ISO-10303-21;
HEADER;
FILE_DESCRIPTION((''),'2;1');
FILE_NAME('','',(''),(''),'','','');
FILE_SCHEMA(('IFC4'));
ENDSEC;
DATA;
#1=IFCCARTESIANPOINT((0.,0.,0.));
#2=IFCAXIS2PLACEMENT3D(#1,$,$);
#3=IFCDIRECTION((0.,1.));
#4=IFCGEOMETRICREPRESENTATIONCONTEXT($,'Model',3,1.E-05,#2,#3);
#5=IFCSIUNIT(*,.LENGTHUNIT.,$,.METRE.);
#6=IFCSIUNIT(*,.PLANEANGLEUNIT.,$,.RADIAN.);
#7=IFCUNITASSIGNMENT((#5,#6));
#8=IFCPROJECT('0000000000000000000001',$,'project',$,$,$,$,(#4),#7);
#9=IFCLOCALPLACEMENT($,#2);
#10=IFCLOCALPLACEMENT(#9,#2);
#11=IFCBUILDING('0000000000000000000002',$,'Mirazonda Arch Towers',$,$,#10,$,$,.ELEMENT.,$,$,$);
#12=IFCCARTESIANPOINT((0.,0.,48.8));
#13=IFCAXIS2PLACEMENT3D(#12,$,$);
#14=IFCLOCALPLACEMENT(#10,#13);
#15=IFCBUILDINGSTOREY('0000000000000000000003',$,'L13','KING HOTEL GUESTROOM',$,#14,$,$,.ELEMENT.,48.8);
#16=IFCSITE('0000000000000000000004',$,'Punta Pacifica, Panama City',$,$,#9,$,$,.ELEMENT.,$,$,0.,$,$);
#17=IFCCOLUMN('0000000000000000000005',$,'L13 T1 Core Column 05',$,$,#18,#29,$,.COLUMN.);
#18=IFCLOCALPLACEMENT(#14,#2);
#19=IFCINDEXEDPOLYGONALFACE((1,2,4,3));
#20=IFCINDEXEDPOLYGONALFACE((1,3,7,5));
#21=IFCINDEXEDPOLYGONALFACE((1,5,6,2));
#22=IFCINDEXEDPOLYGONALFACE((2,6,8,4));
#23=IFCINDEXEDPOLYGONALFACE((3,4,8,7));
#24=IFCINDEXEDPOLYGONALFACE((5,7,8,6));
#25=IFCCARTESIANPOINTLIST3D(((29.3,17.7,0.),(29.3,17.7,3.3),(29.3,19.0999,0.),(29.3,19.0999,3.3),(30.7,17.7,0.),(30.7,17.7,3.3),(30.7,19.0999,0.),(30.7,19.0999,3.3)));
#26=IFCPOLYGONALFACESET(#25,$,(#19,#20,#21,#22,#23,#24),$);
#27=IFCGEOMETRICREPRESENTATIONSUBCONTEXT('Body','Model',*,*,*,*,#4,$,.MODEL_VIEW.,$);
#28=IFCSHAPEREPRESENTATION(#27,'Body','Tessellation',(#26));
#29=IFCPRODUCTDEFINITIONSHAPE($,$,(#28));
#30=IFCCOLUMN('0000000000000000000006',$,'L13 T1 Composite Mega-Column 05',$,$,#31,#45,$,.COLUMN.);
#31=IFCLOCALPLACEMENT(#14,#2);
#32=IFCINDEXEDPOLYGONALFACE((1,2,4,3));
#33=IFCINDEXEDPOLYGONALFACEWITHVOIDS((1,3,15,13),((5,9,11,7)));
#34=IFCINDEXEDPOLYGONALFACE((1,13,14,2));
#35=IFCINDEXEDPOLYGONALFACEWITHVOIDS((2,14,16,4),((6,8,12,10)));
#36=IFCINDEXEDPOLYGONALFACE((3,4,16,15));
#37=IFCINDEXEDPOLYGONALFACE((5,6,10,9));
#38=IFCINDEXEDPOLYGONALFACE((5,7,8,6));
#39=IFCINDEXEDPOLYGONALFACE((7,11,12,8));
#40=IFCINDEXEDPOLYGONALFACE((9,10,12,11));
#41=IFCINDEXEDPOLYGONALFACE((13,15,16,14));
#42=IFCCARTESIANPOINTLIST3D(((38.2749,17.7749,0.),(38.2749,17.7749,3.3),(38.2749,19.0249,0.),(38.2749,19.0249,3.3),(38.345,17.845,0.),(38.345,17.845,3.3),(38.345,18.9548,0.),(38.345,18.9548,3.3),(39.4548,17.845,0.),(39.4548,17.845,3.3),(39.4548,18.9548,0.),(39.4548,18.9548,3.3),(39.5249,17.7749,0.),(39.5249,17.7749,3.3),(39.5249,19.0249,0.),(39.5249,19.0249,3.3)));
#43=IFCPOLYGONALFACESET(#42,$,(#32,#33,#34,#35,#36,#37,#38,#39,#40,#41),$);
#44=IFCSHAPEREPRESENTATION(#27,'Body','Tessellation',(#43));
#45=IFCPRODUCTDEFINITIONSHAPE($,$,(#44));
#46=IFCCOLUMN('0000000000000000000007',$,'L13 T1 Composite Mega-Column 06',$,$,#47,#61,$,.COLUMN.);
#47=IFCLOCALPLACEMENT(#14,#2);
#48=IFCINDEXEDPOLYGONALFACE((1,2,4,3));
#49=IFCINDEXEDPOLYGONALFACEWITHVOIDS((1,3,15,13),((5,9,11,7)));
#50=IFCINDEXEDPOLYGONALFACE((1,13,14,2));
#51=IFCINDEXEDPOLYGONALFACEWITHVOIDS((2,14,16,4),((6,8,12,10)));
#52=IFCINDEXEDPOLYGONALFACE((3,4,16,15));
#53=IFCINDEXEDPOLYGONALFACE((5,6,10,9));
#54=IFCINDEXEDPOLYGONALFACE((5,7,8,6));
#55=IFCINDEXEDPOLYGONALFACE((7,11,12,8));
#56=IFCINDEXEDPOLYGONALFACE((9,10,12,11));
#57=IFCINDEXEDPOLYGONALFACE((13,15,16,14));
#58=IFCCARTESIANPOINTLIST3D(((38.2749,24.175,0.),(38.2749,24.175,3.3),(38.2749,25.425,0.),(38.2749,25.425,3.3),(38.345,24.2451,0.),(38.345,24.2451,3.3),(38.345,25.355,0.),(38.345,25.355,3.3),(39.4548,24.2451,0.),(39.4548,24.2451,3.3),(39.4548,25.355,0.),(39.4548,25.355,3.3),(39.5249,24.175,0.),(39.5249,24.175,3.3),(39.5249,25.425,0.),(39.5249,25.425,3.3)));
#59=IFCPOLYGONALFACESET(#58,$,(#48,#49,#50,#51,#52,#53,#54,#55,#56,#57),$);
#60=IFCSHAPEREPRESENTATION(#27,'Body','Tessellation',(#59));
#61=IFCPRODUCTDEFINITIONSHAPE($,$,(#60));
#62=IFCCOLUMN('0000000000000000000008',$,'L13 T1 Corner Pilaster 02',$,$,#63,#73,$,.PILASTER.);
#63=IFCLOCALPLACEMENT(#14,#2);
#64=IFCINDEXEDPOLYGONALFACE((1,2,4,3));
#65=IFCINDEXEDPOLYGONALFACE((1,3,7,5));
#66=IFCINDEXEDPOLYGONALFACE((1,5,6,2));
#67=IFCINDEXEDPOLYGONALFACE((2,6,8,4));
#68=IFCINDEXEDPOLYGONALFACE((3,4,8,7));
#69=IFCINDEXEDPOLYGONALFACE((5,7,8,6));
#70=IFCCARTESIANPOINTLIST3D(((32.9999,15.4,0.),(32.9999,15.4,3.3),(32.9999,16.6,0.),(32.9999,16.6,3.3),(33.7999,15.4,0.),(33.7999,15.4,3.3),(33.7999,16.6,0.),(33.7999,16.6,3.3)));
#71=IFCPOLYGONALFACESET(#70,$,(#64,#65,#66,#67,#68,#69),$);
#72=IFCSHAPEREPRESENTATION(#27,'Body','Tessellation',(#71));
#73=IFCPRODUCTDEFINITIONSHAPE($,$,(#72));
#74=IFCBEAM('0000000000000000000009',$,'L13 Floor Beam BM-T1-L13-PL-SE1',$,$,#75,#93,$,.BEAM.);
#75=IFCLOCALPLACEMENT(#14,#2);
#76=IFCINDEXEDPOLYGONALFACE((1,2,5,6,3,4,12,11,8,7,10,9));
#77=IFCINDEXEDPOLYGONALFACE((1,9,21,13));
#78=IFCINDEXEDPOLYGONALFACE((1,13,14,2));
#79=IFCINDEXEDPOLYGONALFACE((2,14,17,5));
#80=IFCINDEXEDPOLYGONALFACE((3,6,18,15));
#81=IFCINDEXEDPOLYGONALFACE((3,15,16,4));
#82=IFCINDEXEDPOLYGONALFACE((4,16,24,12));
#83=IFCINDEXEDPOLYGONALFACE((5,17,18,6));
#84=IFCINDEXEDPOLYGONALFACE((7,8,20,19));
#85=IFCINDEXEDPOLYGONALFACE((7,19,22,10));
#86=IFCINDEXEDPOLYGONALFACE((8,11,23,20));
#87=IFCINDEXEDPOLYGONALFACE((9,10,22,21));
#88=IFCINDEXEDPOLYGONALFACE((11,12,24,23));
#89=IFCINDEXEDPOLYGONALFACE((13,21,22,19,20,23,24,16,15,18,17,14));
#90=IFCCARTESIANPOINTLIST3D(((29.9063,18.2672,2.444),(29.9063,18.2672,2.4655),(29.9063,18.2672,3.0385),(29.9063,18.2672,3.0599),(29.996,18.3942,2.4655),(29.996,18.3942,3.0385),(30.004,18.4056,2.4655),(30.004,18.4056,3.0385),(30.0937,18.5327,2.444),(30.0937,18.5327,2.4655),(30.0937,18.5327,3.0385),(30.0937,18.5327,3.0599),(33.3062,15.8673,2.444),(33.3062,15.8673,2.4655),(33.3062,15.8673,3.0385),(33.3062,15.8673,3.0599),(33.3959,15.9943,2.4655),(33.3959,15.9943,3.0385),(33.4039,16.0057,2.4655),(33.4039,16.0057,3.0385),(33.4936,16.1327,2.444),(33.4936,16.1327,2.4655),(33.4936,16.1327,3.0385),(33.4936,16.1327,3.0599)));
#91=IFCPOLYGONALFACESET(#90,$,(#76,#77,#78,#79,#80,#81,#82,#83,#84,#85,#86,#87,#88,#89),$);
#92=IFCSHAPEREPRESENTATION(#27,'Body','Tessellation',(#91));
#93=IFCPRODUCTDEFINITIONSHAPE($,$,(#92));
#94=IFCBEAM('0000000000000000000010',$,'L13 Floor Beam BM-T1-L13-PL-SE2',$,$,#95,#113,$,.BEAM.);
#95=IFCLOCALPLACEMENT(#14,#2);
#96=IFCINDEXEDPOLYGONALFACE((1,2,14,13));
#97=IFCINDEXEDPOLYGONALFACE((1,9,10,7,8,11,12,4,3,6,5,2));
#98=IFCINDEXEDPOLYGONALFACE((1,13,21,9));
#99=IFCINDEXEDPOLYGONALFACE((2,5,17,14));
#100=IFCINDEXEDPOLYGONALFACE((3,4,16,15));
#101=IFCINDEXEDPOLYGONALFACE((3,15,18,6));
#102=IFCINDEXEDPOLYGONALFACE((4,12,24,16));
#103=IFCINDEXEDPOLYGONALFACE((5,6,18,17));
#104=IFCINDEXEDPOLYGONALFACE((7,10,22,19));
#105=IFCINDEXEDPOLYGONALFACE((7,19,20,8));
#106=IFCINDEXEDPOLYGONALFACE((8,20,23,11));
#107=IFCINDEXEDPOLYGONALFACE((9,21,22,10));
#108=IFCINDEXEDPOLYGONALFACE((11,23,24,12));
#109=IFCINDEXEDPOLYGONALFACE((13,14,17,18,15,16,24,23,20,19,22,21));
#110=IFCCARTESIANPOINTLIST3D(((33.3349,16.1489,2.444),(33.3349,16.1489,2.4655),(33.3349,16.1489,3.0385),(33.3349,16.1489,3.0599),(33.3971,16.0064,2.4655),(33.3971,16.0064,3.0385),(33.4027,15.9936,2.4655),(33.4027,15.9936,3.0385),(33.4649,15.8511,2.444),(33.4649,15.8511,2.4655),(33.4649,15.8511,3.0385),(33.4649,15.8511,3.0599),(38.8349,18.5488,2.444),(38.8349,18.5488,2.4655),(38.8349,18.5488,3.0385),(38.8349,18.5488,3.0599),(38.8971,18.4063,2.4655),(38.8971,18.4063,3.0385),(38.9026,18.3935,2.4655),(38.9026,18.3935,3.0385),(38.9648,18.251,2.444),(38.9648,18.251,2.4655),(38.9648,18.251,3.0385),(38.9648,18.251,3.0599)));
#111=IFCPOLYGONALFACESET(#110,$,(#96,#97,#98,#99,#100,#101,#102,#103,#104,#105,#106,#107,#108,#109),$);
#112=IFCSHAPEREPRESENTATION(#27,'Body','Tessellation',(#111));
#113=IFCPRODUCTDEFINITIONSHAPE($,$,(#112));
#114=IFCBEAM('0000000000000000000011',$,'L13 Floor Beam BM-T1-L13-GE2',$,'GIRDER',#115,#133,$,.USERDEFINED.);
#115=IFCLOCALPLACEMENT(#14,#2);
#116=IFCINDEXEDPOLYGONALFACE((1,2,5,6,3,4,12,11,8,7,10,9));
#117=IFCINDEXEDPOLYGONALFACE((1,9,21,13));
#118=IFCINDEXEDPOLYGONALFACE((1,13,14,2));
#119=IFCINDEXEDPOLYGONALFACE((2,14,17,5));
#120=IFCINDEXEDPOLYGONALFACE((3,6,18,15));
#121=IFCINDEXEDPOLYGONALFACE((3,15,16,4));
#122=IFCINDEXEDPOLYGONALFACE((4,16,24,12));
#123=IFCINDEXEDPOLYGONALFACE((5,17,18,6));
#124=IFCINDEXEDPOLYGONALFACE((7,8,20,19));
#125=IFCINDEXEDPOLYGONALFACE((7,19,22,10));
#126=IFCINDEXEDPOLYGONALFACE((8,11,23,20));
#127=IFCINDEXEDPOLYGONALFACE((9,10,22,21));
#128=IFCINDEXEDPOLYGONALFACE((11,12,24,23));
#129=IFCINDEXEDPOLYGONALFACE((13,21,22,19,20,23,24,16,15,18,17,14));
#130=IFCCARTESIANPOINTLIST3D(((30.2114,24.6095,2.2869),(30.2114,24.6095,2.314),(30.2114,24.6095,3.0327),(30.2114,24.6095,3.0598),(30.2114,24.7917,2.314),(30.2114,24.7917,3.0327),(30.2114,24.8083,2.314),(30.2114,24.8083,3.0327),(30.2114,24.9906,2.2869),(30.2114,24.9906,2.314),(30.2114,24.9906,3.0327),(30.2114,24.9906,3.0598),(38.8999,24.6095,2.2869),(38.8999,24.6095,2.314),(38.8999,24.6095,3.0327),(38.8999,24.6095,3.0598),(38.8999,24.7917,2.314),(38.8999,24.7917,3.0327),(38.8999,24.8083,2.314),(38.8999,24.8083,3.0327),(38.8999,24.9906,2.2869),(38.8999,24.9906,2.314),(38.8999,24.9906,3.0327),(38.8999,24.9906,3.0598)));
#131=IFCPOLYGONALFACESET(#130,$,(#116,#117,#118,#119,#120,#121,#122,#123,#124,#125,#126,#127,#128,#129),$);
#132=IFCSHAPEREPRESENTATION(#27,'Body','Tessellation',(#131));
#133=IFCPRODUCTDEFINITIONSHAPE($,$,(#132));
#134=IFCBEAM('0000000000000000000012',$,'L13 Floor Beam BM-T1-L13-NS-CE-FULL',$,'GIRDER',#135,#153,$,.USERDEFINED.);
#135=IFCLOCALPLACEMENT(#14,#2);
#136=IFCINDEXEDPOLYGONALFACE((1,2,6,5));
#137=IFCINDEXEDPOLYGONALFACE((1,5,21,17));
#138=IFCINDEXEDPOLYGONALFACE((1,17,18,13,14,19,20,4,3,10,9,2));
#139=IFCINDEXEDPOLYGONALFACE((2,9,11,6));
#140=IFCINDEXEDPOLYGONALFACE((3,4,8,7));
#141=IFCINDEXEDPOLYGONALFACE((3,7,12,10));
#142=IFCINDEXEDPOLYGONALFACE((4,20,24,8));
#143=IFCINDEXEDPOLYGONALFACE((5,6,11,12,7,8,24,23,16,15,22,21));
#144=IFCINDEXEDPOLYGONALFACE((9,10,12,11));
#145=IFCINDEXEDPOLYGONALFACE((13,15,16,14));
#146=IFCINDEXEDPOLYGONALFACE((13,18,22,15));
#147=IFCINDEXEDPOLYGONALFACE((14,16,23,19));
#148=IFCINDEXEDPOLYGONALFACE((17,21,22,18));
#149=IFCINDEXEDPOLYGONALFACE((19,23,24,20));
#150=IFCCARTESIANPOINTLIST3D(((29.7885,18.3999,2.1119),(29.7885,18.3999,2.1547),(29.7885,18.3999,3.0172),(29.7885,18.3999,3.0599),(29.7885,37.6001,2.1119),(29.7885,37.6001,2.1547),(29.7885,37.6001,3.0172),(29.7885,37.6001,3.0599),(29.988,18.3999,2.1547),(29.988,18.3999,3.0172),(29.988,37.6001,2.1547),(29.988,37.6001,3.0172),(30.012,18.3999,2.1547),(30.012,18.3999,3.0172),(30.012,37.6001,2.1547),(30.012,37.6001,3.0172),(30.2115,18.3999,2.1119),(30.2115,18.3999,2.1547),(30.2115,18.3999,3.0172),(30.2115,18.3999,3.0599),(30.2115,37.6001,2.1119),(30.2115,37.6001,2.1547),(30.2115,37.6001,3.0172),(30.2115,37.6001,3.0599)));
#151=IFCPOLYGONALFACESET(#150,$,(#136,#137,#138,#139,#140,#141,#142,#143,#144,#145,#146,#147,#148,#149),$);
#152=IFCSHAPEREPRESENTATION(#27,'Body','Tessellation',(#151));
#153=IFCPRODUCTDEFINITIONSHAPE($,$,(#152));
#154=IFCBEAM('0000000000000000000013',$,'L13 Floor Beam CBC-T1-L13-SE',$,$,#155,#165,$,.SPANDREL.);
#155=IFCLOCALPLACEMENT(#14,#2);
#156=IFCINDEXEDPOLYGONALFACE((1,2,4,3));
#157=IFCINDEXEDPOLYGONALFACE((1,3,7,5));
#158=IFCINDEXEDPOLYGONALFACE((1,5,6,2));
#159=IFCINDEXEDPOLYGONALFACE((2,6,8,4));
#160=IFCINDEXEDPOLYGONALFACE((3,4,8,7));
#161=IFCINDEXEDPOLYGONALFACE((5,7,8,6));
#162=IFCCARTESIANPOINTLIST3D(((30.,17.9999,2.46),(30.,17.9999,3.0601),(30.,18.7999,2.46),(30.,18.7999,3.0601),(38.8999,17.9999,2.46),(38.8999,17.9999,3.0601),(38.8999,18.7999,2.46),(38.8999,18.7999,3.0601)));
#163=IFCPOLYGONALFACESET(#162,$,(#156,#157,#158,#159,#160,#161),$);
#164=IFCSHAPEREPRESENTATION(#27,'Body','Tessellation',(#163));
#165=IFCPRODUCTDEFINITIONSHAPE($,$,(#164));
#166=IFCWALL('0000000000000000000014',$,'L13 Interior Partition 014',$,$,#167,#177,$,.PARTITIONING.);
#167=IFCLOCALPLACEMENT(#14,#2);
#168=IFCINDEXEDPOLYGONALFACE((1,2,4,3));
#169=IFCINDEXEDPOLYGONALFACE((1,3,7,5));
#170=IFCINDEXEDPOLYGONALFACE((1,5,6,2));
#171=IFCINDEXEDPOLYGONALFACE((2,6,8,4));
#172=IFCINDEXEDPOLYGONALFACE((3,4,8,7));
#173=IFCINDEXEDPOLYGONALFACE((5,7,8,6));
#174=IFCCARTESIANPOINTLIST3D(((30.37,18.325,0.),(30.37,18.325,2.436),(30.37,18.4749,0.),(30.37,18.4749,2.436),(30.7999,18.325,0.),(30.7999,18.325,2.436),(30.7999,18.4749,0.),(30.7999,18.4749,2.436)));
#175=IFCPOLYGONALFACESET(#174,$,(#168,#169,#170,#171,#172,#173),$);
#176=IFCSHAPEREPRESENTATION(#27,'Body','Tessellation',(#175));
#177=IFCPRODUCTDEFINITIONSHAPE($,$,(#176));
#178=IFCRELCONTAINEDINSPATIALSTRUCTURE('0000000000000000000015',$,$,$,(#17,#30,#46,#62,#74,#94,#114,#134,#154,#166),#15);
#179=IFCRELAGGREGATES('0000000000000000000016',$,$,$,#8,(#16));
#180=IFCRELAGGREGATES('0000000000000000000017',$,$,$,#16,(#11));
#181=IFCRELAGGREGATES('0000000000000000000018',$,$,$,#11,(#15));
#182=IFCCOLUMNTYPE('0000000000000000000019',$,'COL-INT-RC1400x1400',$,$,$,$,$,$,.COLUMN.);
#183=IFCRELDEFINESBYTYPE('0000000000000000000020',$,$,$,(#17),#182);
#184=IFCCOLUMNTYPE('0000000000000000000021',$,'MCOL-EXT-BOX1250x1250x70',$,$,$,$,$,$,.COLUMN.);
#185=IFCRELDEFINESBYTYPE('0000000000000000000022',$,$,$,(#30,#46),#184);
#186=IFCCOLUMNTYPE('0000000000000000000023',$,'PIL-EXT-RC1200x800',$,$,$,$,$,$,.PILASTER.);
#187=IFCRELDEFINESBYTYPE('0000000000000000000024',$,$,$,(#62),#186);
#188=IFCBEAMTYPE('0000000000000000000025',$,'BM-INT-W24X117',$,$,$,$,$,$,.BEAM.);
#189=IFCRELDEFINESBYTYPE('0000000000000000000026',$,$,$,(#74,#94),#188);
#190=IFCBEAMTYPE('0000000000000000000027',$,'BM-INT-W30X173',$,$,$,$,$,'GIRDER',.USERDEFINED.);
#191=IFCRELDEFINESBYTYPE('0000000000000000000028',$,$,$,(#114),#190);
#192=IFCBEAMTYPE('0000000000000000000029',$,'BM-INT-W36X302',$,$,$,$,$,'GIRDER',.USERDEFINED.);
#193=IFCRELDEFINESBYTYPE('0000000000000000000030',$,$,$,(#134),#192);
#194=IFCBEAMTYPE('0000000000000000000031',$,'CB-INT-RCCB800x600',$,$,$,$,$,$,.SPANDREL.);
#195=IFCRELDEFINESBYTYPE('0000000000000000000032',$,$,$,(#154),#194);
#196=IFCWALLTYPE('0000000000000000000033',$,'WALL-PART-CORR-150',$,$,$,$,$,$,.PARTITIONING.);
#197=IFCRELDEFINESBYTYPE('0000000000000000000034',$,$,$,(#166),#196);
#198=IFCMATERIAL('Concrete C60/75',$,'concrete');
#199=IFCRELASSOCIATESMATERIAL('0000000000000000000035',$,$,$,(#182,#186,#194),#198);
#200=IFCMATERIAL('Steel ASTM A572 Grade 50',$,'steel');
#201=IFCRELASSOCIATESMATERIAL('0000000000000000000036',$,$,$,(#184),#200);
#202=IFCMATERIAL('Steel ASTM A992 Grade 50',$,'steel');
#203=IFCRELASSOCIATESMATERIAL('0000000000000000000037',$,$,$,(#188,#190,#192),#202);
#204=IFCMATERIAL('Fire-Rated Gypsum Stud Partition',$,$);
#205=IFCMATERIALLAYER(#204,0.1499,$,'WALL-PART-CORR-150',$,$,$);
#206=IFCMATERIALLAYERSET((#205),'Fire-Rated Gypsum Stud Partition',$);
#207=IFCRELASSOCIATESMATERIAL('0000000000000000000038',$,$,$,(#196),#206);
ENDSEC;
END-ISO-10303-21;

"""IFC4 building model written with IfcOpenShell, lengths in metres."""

from ifc_helpers import new_model, si_unit, direction, frame, frame_2d, origin, origin_2d, place, context, subcontext, project, spatial, rectangle, hollow_rectangle, i_section, extrude, material, layer, layer_set, material_profile, profile_set, type_object, element, save


model = new_model("IFC4")

# Units and contexts
model_context = context("Model", 3, precision=1e-05, world=origin(), true_north=direction((0.0, 1.0)))
body_context = subcontext(model_context, "Body", "Model", "MODEL_VIEW")
ifc_project = project(units=[si_unit("LENGTHUNIT", "METRE"), si_unit("PLANEANGLEUNIT", "RADIAN")], contexts=[model_context])

# Site, building, storey
site_placement = place(None, origin())
site = spatial("IfcSite", under=ifc_project, at=site_placement, Name="Punta Pacifica, Panama City", CompositionType="ELEMENT", RefElevation=0.0)
building_placement = place(site_placement, origin())
building = spatial("IfcBuilding", under=site, at=building_placement, Name="Mirazonda Arch Towers", CompositionType="ELEMENT")
storey_placement = place(building_placement, frame((0.0, 0.0, 48.8)))
storey = spatial("IfcBuildingStorey", under=building, at=storey_placement, Name="L13", Description="KING HOTEL GUESTROOM", CompositionType="ELEMENT", Elevation=48.8)

# Columns
ifc_material_1 = material(Name="Concrete C60/75", Category="concrete")
ifc_material_profile_1 = material_profile(ifc_material_1, rectangle(XDim=1.3999, YDim=1.3999, at=origin_2d()), Name="RC1400x1400")
ifc_profile_set_1 = profile_set([ifc_material_profile_1], Name="Concrete C60/75")
column_type_1 = type_object("IfcColumnType", Name="COL-INT-RC1400x1400", PredefinedType="COLUMN", material=ifc_profile_set_1)
column_1_placement = place(storey_placement, frame((30.0, 18.3999, 0.0), z_axis=(0.0, 0.0, 1.0), x_axis=(1.0, 0.0, 0.0)))
element("IfcColumn", 1, at=column_1_placement, inside=storey, type_object=column_type_1, Name="L13 T1 Core Column 05", PredefinedType="COLUMN", context=body_context, shape_type="SweptSolid", body=[
    extrude(rectangle(XDim=1.3999, YDim=1.3999, at=origin_2d()), origin(), (0.0, 0.0, 1.0), 3.3),
])
ifc_material_2 = material(Name="Steel ASTM A572 Grade 50", Category="steel")
ifc_material_profile_2 = material_profile(ifc_material_2, hollow_rectangle(XDim=1.25, YDim=1.25, WallThickness=0.0701, at=origin_2d()), Name="BOX1250x1250x70")
ifc_profile_set_2 = profile_set([ifc_material_profile_2], Name="Steel ASTM A572 Grade 50")
column_type_2 = type_object("IfcColumnType", Name="MCOL-EXT-BOX1250x1250x70", PredefinedType="COLUMN", material=ifc_profile_set_2)
for number, where, z_axis, x_axis, name in (
    (2, (38.8999, 18.3999, 0.0), (0.0, 0.0, 1.0), (1.0, 0.0, 0.0), "L13 T1 Composite Mega-Column 05"),
    (3, (38.8999, 24.8, 0.0), (0.0, 0.0, 1.0), (1.0, 0.0, 0.0), "L13 T1 Composite Mega-Column 06"),
):
    element("IfcColumn", number, at=place(storey_placement, frame(where, z_axis=z_axis, x_axis=x_axis)), inside=storey, type_object=column_type_2, Name=name, PredefinedType="COLUMN", context=body_context, shape_type="SweptSolid", body=[
        extrude(hollow_rectangle(XDim=1.25, YDim=1.25, WallThickness=0.0701, at=origin_2d()), origin(), (0.0, 0.0, 1.0), 3.3),
    ])
ifc_material_profile_3 = material_profile(ifc_material_1, rectangle(XDim=0.8, YDim=1.2, at=origin_2d()), Name="RC1200x800")
ifc_profile_set_3 = profile_set([ifc_material_profile_3], Name="Concrete C60/75")
column_type_3 = type_object("IfcColumnType", Name="PIL-EXT-RC1200x800", PredefinedType="PILASTER", material=ifc_profile_set_3)
column_2_placement = place(storey_placement, frame((33.3999, 16.0, 0.0), z_axis=(0.0, 0.0, 1.0), x_axis=(1.0, 0.0, 0.0)))
element("IfcColumn", 4, at=column_2_placement, inside=storey, type_object=column_type_3, Name="L13 T1 Corner Pilaster 02", PredefinedType="PILASTER", context=body_context, shape_type="SweptSolid", body=[
    extrude(rectangle(XDim=0.8, YDim=1.2, at=origin_2d()), origin(), (0.0, 0.0, 1.0), 3.3),
])

# Beams
ifc_material_3 = material(Name="Steel ASTM A992 Grade 50", Category="steel")
ifc_material_profile_4 = material_profile(ifc_material_3, i_section(OverallWidth=0.325, OverallDepth=0.616, WebThickness=0.0139, FlangeThickness=0.0215, at=origin_2d()), Name="W24X117")
ifc_profile_set_4 = profile_set([ifc_material_profile_4], Name="Steel ASTM A992 Grade 50")
beam_type_1 = type_object("IfcBeamType", Name="BM-INT-W24X117", PredefinedType="BEAM", material=ifc_profile_set_4)
beam_1_placement = place(storey_placement, frame((33.3999, 16.0, 2.752), z_axis=(-0.816971, 0.576679, 0.0), x_axis=(-0.576679, -0.816971, 0.0)))
element("IfcBeam", 5, at=beam_1_placement, inside=storey, type_object=beam_type_1, Name="L13 Floor Beam BM-T1-L13-PL-SE1", PredefinedType="BEAM", context=body_context, shape_type="SweptSolid", body=[
    extrude(i_section(OverallWidth=0.325, OverallDepth=0.616, WebThickness=0.0139, FlangeThickness=0.0215, at=origin_2d()), origin(), (0.0, 0.0, 1.0), 4.1616),
])
beam_2_placement = place(storey_placement, frame((33.3999, 16.0, 2.752), z_axis=(0.916545, 0.399931, 0.0), x_axis=(-0.399931, 0.916545, 0.0)))
element("IfcBeam", 6, at=beam_2_placement, inside=storey, type_object=beam_type_1, Name="L13 Floor Beam BM-T1-L13-PL-SE2", PredefinedType="BEAM", context=body_context, shape_type="SweptSolid", body=[
    extrude(i_section(OverallWidth=0.325, OverallDepth=0.616, WebThickness=0.0139, FlangeThickness=0.0215, at=origin_2d()), origin(), (0.0, 0.0, 1.0), 6.0007),
])
ifc_material_profile_5 = material_profile(ifc_material_3, i_section(OverallWidth=0.3811, OverallDepth=0.7729, WebThickness=0.0166, FlangeThickness=0.0271, at=origin_2d()), Name="W30X173")
ifc_profile_set_5 = profile_set([ifc_material_profile_5], Name="Steel ASTM A992 Grade 50")
beam_type_2 = type_object("IfcBeamType", Name="BM-INT-W30X173", ElementType="GIRDER", PredefinedType="USERDEFINED", material=ifc_profile_set_5)
beam_3_placement = place(storey_placement, frame((30.2114, 24.8, 2.6733), z_axis=(1.0, 0.0, 0.0), x_axis=(0.0, 1.0, 0.0)))
element("IfcBeam", 7, at=beam_3_placement, inside=storey, type_object=beam_type_2, Name="L13 Floor Beam BM-T1-L13-GE2", ObjectType="GIRDER", PredefinedType="USERDEFINED", context=body_context, shape_type="SweptSolid", body=[
    extrude(i_section(OverallWidth=0.3811, OverallDepth=0.7729, WebThickness=0.0166, FlangeThickness=0.0271, at=origin_2d()), origin(), (0.0, 0.0, 1.0), 8.6885),
])
ifc_material_profile_6 = material_profile(ifc_material_3, i_section(OverallWidth=0.4231, OverallDepth=0.948, WebThickness=0.0239, FlangeThickness=0.0427, at=origin_2d()), Name="W36X302")
ifc_profile_set_6 = profile_set([ifc_material_profile_6], Name="Steel ASTM A992 Grade 50")
beam_type_3 = type_object("IfcBeamType", Name="BM-INT-W36X302", ElementType="GIRDER", PredefinedType="USERDEFINED", material=ifc_profile_set_6)
beam_4_placement = place(storey_placement, frame((30.0, 18.3999, 2.5859), z_axis=(0.0, 1.0, 0.0), x_axis=(-1.0, 0.0, 0.0)))
element("IfcBeam", 8, at=beam_4_placement, inside=storey, type_object=beam_type_3, Name="L13 Floor Beam BM-T1-L13-NS-CE-FULL", ObjectType="GIRDER", PredefinedType="USERDEFINED", context=body_context, shape_type="SweptSolid", body=[
    extrude(i_section(OverallWidth=0.4231, OverallDepth=0.948, WebThickness=0.0239, FlangeThickness=0.0427, at=origin_2d()), origin(), (0.0, 0.0, 1.0), 19.2002),
])
ifc_material_profile_7 = material_profile(ifc_material_1, rectangle(XDim=0.8, YDim=0.6001, at=origin_2d()), Name="RCCB800x600")
ifc_profile_set_7 = profile_set([ifc_material_profile_7], Name="Concrete C60/75")
beam_type_4 = type_object("IfcBeamType", Name="CB-INT-RCCB800x600", PredefinedType="SPANDREL", material=ifc_profile_set_7)
beam_5_placement = place(storey_placement, frame((30.0, 18.3999, 2.76), z_axis=(1.0, 0.0, 0.0), x_axis=(0.0, 1.0, 0.0)))
element("IfcBeam", 9, at=beam_5_placement, inside=storey, type_object=beam_type_4, Name="L13 Floor Beam CBC-T1-L13-SE", PredefinedType="SPANDREL", context=body_context, shape_type="SweptSolid", body=[
    extrude(rectangle(XDim=0.8, YDim=0.6001, at=origin_2d()), origin(), (0.0, 0.0, 1.0), 8.8999),
])

# Wall
ifc_material_4 = material(Name="Fire-Rated Gypsum Stud Partition")
ifc_layer_1 = layer(ifc_material_4, 0.1499, Name="WALL-PART-CORR-150")
ifc_layer_set_1 = layer_set([ifc_layer_1], Name="Fire-Rated Gypsum Stud Partition")
wall_type_1 = type_object("IfcWallType", Name="WALL-PART-CORR-150", PredefinedType="PARTITIONING", material=ifc_layer_set_1)
wall_1_placement = place(storey_placement, frame((30.3701, 18.3999, 0.0), z_axis=(0.0, 0.0, 1.0), x_axis=(1.0, 0.0, 0.0)))
element("IfcWall", 10, at=wall_1_placement, inside=storey, type_object=wall_type_1, Name="L13 Interior Partition 014", PredefinedType="PARTITIONING", context=body_context, shape_type="SweptSolid", body=[
    extrude(rectangle(XDim=0.4299, YDim=0.1499, at=frame_2d((0.2148, 0.0))), origin(), (0.0, 0.0, 1.0), 2.436),
])

save(model, "model.ifc")
